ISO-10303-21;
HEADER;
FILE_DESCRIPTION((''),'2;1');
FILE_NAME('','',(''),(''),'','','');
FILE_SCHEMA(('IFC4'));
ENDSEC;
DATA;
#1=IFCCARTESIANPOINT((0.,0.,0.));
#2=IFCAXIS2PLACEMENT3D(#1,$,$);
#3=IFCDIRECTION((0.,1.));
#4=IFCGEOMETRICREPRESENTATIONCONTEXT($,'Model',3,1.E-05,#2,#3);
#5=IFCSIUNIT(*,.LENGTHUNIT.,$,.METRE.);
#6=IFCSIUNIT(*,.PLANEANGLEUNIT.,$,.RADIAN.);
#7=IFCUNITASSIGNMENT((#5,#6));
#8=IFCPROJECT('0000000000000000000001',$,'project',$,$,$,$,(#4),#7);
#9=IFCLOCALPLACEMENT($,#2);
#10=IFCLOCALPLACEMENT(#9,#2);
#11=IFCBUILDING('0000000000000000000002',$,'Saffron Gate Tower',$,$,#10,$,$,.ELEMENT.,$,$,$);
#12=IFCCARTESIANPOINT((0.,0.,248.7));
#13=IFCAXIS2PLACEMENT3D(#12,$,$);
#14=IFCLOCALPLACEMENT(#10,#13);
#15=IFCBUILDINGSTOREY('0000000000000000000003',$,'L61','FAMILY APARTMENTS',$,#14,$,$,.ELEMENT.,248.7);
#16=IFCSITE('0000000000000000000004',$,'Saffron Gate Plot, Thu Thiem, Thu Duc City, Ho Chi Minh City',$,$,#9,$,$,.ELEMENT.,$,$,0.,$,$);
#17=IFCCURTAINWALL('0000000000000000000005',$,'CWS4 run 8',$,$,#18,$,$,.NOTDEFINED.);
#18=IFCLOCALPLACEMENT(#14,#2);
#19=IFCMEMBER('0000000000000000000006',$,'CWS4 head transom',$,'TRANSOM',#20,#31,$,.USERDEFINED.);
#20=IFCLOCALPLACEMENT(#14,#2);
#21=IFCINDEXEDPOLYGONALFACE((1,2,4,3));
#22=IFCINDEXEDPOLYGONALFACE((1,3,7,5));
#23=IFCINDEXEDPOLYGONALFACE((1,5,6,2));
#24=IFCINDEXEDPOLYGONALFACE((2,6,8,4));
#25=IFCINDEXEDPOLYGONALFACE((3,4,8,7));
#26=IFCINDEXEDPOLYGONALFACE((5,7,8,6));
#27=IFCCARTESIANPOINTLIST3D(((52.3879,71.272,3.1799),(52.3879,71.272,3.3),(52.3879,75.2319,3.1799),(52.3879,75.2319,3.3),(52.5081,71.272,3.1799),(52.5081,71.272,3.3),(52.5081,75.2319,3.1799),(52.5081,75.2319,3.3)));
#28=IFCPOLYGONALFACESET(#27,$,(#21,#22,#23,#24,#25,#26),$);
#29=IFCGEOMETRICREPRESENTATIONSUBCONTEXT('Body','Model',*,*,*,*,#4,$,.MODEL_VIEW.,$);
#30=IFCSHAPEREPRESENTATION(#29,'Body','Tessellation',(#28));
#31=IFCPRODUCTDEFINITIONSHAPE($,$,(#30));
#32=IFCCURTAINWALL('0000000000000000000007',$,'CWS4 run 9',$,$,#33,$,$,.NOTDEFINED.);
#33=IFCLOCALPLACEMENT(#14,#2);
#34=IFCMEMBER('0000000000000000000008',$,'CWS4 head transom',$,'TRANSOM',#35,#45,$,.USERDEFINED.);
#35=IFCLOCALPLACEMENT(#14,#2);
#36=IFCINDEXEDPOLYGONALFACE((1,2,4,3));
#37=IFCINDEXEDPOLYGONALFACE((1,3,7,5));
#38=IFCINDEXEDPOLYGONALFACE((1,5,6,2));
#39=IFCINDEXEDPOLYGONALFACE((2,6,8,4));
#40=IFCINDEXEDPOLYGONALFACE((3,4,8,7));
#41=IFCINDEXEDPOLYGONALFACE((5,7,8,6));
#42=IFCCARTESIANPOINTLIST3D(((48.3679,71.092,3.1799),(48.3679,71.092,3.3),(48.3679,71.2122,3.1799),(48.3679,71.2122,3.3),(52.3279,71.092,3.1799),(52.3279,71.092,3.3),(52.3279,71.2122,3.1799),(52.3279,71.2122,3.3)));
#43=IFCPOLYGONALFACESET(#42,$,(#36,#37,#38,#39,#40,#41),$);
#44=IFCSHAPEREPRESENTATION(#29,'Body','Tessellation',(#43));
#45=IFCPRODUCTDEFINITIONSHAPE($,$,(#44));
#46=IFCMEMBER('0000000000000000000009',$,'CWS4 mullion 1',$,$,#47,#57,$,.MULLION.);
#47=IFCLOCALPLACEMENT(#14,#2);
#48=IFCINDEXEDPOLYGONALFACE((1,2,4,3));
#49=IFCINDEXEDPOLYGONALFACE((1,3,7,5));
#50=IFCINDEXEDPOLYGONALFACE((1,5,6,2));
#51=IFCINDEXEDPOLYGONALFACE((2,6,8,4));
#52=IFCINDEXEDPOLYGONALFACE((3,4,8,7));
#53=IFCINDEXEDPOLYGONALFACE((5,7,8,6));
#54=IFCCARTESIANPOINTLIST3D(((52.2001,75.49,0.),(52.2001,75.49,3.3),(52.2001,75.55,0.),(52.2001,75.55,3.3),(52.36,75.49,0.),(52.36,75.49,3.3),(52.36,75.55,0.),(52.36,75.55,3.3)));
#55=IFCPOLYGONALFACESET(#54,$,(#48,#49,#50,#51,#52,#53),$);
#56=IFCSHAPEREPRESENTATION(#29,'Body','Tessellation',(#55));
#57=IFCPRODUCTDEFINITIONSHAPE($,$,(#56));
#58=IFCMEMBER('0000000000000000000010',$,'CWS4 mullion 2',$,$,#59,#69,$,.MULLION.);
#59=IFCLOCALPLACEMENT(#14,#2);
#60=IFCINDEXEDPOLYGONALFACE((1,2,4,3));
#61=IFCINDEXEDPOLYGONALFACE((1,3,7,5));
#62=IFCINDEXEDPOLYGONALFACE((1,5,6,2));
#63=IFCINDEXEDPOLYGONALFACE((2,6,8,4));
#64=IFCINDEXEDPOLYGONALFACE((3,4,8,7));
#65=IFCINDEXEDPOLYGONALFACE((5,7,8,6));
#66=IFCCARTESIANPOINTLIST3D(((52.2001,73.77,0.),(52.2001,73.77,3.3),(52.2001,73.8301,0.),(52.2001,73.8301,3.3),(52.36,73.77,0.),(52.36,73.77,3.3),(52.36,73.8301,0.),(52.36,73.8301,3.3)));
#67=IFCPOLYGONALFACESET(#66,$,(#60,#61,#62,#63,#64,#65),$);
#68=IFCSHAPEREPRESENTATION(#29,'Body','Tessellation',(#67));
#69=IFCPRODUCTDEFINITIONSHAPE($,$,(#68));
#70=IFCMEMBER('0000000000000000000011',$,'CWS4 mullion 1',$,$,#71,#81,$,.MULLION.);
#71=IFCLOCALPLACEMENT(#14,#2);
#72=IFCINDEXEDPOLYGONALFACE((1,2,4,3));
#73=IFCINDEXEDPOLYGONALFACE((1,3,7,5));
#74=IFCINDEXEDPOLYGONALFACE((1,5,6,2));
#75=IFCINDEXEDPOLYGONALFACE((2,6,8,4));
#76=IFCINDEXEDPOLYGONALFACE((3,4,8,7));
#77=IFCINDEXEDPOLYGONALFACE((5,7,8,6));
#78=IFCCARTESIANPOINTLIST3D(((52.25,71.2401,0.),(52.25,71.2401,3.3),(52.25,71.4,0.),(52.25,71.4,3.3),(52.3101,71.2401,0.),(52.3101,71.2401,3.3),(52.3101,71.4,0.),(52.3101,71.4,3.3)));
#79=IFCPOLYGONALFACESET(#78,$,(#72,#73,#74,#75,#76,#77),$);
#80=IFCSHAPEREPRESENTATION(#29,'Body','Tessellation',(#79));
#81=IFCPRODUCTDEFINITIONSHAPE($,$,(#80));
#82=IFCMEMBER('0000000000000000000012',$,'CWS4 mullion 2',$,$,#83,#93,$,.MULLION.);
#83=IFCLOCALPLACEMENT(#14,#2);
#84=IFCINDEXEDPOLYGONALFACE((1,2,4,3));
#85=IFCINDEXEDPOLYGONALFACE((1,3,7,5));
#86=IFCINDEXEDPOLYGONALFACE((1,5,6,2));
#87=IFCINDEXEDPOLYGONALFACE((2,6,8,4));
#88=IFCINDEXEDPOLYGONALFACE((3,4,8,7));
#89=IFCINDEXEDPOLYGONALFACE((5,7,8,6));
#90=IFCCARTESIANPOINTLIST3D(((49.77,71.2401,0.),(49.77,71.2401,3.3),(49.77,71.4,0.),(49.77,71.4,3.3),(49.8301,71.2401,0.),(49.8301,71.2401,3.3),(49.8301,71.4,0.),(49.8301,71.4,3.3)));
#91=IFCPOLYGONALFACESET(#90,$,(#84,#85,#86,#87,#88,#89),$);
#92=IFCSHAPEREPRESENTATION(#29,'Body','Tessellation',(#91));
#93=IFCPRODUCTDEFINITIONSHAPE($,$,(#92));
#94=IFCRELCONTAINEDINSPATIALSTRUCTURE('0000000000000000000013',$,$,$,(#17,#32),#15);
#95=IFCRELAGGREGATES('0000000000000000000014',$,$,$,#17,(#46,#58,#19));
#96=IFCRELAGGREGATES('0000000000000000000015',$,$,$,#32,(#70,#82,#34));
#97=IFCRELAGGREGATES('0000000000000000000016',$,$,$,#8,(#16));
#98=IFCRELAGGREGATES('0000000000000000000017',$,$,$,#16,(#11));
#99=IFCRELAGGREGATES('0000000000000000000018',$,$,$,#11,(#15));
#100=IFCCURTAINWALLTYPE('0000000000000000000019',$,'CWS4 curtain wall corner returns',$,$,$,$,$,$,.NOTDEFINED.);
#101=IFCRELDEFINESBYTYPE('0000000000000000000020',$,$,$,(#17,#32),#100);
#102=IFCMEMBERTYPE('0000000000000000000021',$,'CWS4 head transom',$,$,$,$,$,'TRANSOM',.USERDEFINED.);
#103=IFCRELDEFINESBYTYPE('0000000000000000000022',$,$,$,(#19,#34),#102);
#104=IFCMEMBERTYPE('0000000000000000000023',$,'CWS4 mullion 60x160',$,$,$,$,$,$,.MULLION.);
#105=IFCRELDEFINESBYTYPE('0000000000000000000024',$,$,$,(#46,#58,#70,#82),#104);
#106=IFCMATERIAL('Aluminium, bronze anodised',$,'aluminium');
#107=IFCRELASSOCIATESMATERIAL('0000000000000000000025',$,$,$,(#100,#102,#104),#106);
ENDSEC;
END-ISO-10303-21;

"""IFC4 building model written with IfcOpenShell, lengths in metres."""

from ifc_helpers import new_model, si_unit, direction, frame, origin, origin_2d, place, context, subcontext, project, spatial, rectangle, extrude, material, material_profile, profile_set, type_object, element, aggregate, save


model = new_model("IFC4")

# Units and contexts
model_context = context("Model", 3, precision=1e-05, world=origin(), true_north=direction((0.0, 1.0)))
body_context = subcontext(model_context, "Body", "Model", "MODEL_VIEW")
ifc_project = project(units=[si_unit("LENGTHUNIT", "METRE"), si_unit("PLANEANGLEUNIT", "RADIAN")], contexts=[model_context])

# Site, building, storey
site_placement = place(None, origin())
site = spatial("IfcSite", under=ifc_project, at=site_placement, Name="Saffron Gate Plot, Thu Thiem, Thu Duc City, Ho Chi Minh City", CompositionType="ELEMENT", RefElevation=0.0)
building_placement = place(site_placement, origin())
building = spatial("IfcBuilding", under=site, at=building_placement, Name="Saffron Gate Tower", CompositionType="ELEMENT")
storey_placement = place(building_placement, frame((0.0, 0.0, 248.7)))
storey = spatial("IfcBuildingStorey", under=building, at=storey_placement, Name="L61", Description="FAMILY APARTMENTS", CompositionType="ELEMENT", Elevation=248.7)

# Shared definitions
ifc_material_1 = material(Name="Aluminium, bronze anodised", Category="aluminium")

# Curtain walls, members
curtain_wall_type_1 = type_object("IfcCurtainWallType", Name="CWS4 curtain wall corner returns", PredefinedType="NOTDEFINED", material=ifc_material_1)
curtain_wall_1_placement = place(storey_placement, origin())
curtain_wall_1 = element("IfcCurtainWall", 1, at=curtain_wall_1_placement, inside=storey, type_object=curtain_wall_type_1, Name="CWS4 run 8", PredefinedType="NOTDEFINED")
ifc_material_profile_1 = material_profile(ifc_material_1, rectangle(XDim=0.1201, YDim=0.1201, at=origin_2d()))
ifc_profile_set_1 = profile_set([ifc_material_profile_1], Name="Aluminium, bronze anodised")
member_type_1 = type_object("IfcMemberType", Name="CWS4 head transom", ElementType="TRANSOM", PredefinedType="USERDEFINED", material=ifc_profile_set_1)
member_1_placement = place(storey_placement, frame((52.448, 75.2319, 3.24), z_axis=(0.0, -1.0, 0.0), x_axis=(1.0, 0.0, 0.0)))
member_1 = element("IfcMember", 2, at=member_1_placement, type_object=member_type_1, Name="CWS4 head transom", ObjectType="TRANSOM", PredefinedType="USERDEFINED", context=body_context, shape_type="SweptSolid", body=[
    extrude(rectangle(XDim=0.1201, YDim=0.1201, at=origin_2d()), origin(), (0.0, 0.0, 1.0), 3.96),
])
curtain_wall_2_placement = place(storey_placement, origin())
curtain_wall_2 = element("IfcCurtainWall", 3, at=curtain_wall_2_placement, inside=storey, type_object=curtain_wall_type_1, Name="CWS4 run 9", PredefinedType="NOTDEFINED")
member_2_placement = place(storey_placement, frame((52.3279, 71.1521, 3.24), z_axis=(-1.0, 0.0, 0.0), x_axis=(0.0, -1.0, 0.0)))
member_2 = element("IfcMember", 4, at=member_2_placement, type_object=member_type_1, Name="CWS4 head transom", ObjectType="TRANSOM", PredefinedType="USERDEFINED", context=body_context, shape_type="SweptSolid", body=[
    extrude(rectangle(XDim=0.1201, YDim=0.1201, at=origin_2d()), origin(), (0.0, 0.0, 1.0), 3.96),
])

# Members
ifc_material_profile_2 = material_profile(ifc_material_1, rectangle(XDim=0.1599, YDim=0.0601, at=origin_2d()))
ifc_profile_set_2 = profile_set([ifc_material_profile_2], Name="Aluminium, bronze anodised")
member_type_2 = type_object("IfcMemberType", Name="CWS4 mullion 60x160", PredefinedType="MULLION", material=ifc_profile_set_2)
member_3_placement = place(storey_placement, frame((52.28, 75.52, 0.0), z_axis=(0.0, 0.0, 1.0), x_axis=(1.0, 0.0, 0.0)))
member_3 = element("IfcMember", 5, at=member_3_placement, type_object=member_type_2, Name="CWS4 mullion 1", PredefinedType="MULLION", context=body_context, shape_type="SweptSolid", body=[
    extrude(rectangle(XDim=0.1599, YDim=0.0601, at=origin_2d()), origin(), (0.0, 0.0, 1.0), 3.3),
])
member_4_placement = place(storey_placement, frame((52.28, 73.8, 0.0), z_axis=(0.0, 0.0, 1.0), x_axis=(1.0, 0.0, 0.0)))
member_4 = element("IfcMember", 6, at=member_4_placement, type_object=member_type_2, Name="CWS4 mullion 2", PredefinedType="MULLION", context=body_context, shape_type="SweptSolid", body=[
    extrude(rectangle(XDim=0.1599, YDim=0.0601, at=origin_2d()), origin(), (0.0, 0.0, 1.0), 3.3),
])
member_5_placement = place(storey_placement, frame((52.28, 71.3201, 0.0), z_axis=(0.0, 0.0, 1.0), x_axis=(0.0, -1.0, 0.0)))
member_5 = element("IfcMember", 7, at=member_5_placement, type_object=member_type_2, Name="CWS4 mullion 1", PredefinedType="MULLION", context=body_context, shape_type="SweptSolid", body=[
    extrude(rectangle(XDim=0.1599, YDim=0.0601, at=origin_2d()), origin(), (0.0, 0.0, 1.0), 3.3),
])
member_6_placement = place(storey_placement, frame((49.8, 71.3201, 0.0), z_axis=(0.0, 0.0, 1.0), x_axis=(0.0, -1.0, 0.0)))
member_6 = element("IfcMember", 8, at=member_6_placement, type_object=member_type_2, Name="CWS4 mullion 2", PredefinedType="MULLION", context=body_context, shape_type="SweptSolid", body=[
    extrude(rectangle(XDim=0.1599, YDim=0.0601, at=origin_2d()), origin(), (0.0, 0.0, 1.0), 3.3),
])

aggregate(curtain_wall_1, [member_3, member_4, member_1])
aggregate(curtain_wall_2, [member_5, member_6, member_2])

save(model, "model.ifc")
